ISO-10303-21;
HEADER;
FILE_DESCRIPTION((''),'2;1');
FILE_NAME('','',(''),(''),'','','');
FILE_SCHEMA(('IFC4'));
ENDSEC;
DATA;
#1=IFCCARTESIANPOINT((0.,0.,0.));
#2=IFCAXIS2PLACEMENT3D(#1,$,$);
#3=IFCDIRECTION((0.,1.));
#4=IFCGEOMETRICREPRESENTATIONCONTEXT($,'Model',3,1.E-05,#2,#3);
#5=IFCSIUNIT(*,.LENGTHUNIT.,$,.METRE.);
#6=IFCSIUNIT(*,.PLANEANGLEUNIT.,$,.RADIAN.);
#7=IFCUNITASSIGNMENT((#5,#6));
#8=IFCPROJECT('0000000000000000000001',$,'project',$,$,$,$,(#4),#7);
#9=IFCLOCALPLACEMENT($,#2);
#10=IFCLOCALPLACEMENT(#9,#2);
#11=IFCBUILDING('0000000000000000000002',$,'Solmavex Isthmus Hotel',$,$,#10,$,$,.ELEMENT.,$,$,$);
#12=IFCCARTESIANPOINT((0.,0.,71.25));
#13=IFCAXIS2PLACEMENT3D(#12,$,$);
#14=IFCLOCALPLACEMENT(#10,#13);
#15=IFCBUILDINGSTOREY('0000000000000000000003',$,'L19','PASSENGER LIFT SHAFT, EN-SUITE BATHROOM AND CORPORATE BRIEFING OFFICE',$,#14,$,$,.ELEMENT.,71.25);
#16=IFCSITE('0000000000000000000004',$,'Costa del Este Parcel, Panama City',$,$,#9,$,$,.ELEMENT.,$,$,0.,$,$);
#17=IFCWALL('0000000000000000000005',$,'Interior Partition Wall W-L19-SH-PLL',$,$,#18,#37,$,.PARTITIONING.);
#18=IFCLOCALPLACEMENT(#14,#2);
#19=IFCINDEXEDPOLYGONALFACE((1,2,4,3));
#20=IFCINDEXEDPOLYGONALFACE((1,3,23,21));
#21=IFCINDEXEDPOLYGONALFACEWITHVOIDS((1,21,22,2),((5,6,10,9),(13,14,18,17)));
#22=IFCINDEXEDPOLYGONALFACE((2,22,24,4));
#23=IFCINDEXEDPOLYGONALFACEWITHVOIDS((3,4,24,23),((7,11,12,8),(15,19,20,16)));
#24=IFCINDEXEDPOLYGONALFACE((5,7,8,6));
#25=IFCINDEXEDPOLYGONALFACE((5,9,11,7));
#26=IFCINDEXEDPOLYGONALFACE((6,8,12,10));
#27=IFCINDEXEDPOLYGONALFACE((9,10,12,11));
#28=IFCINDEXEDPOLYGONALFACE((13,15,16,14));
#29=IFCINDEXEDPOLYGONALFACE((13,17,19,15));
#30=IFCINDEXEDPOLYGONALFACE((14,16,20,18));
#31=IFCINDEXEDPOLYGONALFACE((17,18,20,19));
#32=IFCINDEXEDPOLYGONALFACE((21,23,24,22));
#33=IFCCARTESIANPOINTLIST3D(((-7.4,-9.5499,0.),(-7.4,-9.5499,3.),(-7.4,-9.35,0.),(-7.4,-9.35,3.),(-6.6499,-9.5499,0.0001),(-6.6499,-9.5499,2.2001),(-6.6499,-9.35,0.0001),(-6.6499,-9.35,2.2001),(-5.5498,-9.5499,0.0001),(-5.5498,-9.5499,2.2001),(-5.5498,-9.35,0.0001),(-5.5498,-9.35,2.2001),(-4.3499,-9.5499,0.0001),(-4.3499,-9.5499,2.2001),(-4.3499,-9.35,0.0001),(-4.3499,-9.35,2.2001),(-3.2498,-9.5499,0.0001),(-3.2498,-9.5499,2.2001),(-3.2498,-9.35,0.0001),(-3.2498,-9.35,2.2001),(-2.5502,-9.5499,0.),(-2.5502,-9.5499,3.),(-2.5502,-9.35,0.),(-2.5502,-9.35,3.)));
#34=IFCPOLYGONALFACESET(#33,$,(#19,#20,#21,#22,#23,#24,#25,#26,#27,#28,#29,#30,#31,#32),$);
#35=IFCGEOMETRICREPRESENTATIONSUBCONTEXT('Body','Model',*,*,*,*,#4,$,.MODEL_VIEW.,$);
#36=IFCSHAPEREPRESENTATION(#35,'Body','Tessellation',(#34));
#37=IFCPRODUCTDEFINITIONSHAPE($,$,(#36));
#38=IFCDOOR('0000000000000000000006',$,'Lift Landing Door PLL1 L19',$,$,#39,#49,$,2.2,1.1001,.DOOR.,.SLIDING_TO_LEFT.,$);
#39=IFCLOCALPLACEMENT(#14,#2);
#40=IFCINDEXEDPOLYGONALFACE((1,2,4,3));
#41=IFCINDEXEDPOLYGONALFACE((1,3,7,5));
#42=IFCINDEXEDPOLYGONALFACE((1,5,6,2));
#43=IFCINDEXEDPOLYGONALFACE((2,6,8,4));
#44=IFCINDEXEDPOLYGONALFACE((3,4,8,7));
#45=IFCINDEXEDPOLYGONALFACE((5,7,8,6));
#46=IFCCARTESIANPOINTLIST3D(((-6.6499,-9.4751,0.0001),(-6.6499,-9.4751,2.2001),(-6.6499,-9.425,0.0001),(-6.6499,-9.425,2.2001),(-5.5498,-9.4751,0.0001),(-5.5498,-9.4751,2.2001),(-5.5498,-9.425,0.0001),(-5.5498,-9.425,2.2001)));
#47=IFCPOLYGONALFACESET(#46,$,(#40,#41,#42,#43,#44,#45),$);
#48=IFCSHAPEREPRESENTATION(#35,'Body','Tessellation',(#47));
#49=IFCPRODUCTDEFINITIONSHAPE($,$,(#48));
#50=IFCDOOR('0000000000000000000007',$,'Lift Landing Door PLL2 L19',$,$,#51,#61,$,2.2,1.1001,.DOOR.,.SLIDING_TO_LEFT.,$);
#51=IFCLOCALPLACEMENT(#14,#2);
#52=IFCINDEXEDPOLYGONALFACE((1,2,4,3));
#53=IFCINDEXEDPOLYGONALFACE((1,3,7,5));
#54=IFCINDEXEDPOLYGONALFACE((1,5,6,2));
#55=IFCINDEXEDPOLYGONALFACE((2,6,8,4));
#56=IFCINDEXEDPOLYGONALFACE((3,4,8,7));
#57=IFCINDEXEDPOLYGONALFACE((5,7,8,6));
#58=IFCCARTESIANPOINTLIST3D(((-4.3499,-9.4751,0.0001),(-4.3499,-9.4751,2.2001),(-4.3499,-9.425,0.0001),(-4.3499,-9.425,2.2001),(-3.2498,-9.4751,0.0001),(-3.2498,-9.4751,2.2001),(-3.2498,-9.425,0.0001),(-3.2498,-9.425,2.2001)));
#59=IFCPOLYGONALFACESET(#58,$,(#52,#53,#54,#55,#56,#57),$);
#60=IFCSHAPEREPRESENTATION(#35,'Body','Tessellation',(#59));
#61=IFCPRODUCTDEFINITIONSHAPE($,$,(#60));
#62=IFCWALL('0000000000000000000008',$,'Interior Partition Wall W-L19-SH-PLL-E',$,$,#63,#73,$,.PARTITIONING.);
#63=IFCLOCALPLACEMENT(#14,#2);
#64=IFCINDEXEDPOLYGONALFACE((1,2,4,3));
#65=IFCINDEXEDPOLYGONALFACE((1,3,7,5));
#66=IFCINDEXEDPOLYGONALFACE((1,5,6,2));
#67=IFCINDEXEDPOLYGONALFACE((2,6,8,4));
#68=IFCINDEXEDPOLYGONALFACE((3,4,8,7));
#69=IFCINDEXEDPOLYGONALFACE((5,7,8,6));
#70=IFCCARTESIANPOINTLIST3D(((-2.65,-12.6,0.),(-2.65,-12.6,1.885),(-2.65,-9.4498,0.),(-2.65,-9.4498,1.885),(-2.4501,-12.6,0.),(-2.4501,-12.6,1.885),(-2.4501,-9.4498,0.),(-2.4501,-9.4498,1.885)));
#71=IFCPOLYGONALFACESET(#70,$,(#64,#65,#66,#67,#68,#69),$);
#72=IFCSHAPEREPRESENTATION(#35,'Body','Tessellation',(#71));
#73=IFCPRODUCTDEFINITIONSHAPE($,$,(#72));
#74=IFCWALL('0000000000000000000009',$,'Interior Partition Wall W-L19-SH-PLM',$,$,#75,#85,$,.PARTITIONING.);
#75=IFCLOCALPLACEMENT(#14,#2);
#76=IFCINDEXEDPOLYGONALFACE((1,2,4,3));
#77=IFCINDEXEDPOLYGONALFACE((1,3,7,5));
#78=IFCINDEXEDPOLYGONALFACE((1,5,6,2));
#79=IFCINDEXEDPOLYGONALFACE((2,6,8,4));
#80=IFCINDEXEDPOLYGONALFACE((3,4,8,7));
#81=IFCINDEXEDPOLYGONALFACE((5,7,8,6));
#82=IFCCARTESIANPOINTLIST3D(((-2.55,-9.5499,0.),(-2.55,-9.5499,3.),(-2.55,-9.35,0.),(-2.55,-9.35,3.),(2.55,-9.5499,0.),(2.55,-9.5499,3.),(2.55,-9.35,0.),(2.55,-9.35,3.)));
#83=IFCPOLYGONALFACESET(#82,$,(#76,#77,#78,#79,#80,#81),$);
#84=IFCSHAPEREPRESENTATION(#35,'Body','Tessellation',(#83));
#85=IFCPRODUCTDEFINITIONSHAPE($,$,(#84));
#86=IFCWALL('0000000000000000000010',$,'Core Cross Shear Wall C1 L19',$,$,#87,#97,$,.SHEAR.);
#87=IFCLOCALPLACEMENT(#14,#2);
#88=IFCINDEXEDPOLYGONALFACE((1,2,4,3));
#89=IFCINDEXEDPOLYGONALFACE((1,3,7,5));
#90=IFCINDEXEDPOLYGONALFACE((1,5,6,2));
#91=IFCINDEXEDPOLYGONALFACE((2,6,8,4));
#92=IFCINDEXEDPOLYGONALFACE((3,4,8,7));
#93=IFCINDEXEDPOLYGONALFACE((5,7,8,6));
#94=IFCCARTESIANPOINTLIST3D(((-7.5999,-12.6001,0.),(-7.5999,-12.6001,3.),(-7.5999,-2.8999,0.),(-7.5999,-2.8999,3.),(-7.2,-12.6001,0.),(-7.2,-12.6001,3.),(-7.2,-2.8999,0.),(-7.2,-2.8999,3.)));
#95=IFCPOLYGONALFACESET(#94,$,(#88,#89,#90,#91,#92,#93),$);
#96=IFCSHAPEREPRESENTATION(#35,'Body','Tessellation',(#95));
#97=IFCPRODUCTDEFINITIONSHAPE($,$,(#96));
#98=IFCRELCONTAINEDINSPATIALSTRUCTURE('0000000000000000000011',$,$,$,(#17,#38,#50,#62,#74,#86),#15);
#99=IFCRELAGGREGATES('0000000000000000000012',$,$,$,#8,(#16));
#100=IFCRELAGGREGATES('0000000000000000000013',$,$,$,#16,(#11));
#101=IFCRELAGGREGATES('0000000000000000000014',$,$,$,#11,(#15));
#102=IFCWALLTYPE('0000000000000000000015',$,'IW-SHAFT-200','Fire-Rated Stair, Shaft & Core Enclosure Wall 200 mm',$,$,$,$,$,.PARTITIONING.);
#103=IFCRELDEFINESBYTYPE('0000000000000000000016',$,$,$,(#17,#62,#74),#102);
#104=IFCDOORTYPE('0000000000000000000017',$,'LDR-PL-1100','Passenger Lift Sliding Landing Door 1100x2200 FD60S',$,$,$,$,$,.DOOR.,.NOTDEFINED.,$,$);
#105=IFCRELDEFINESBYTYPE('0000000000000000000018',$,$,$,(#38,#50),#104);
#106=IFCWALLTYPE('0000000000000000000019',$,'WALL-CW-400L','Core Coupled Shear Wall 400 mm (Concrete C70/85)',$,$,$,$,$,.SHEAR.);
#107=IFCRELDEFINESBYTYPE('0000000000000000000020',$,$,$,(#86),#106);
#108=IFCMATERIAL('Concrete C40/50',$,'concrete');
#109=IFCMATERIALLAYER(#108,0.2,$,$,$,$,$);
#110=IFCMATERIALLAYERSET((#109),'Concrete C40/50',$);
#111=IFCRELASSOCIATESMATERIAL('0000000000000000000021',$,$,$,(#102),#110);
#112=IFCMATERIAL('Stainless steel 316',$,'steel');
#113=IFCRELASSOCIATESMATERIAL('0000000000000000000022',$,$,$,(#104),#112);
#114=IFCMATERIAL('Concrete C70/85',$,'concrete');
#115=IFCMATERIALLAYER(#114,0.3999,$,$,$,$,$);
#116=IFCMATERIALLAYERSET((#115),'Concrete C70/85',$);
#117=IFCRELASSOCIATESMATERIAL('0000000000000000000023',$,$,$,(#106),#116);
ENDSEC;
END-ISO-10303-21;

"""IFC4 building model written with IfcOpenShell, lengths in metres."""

from ifc_helpers import new_model, si_unit, direction, frame, frame_2d, origin, place, context, subcontext, project, spatial, rectangle, extrude, material, layer, layer_set, type_object, element, fill, save


model = new_model("IFC4")

# Units and contexts
model_context = context("Model", 3, precision=1e-05, world=origin(), true_north=direction((0.0, 1.0)))
body_context = subcontext(model_context, "Body", "Model", "MODEL_VIEW")
ifc_project = project(units=[si_unit("LENGTHUNIT", "METRE"), si_unit("PLANEANGLEUNIT", "RADIAN")], contexts=[model_context])

# Site, building, storey
site_placement = place(None, origin())
site = spatial("IfcSite", under=ifc_project, at=site_placement, Name="Costa del Este Parcel, Panama City", CompositionType="ELEMENT", RefElevation=0.0)
building_placement = place(site_placement, origin())
building = spatial("IfcBuilding", under=site, at=building_placement, Name="Solmavex Isthmus Hotel", CompositionType="ELEMENT")
storey_placement = place(building_placement, frame((0.0, 0.0, 71.25)))
storey = spatial("IfcBuildingStorey", under=building, at=storey_placement, Name="L19", Description="PASSENGER LIFT SHAFT, EN-SUITE BATHROOM AND CORPORATE BRIEFING OFFICE", CompositionType="ELEMENT", Elevation=71.25)

# Shared definitions
ifc_material_1 = material(Name="Concrete C70/85", Category="concrete")

# Shared definitions
ifc_material_2 = material(Name="Concrete C40/50", Category="concrete")

# Wall, openings, doors
ifc_layer_1 = layer(ifc_material_2, 0.2)
ifc_layer_set_1 = layer_set([ifc_layer_1], Name="Concrete C40/50")
wall_type_1 = type_object("IfcWallType", Name="IW-SHAFT-200", Description="Fire-Rated Stair, Shaft & Core Enclosure Wall 200 mm", PredefinedType="PARTITIONING", material=ifc_layer_set_1)
wall_1_placement = place(storey_placement, frame((-7.3999, -9.45, 0.0), z_axis=(0.0, 0.0, 1.0), x_axis=(1.0, 0.0, 0.0)))
wall_1 = element("IfcWall", 1, at=wall_1_placement, inside=storey, type_object=wall_type_1, Name="Interior Partition Wall W-L19-SH-PLL", PredefinedType="PARTITIONING", context=body_context, shape_type="SweptSolid", body=[
    extrude(rectangle(XDim=4.8499, YDim=0.2, at=frame_2d((2.4248, 0.0))), origin(), (0.0, 0.0, 1.0), 3.0),
])
opening_1_placement = place(wall_1_placement, frame((0.75, 0.0, 0.0)))
opening_1 = element("IfcOpeningElement", 2, at=opening_1_placement, cuts=wall_1, PredefinedType="OPENING", context=body_context, shape_type="SweptSolid", body=[
    extrude(rectangle(XDim=1.1001, YDim=2.2, at=frame_2d((0.55, 1.1001))), frame((0.0, 0.1099, 0.0), z_axis=(0.0, -1.0, 0.0), x_axis=(1.0, 0.0, 0.0)), (0.0, 0.0, 1.0), 0.22),
])
opening_2_placement = place(wall_1_placement, frame((3.05, 0.0, 0.0)))
opening_2 = element("IfcOpeningElement", 3, at=opening_2_placement, cuts=wall_1, PredefinedType="OPENING", context=body_context, shape_type="SweptSolid", body=[
    extrude(rectangle(XDim=1.1001, YDim=2.2, at=frame_2d((0.55, 1.1001))), frame((0.0, 0.1099, 0.0), z_axis=(0.0, -1.0, 0.0), x_axis=(1.0, 0.0, 0.0)), (0.0, 0.0, 1.0), 0.22),
])
ifc_material_3 = material(Name="Stainless steel 316", Category="steel")
door_type_1 = type_object("IfcDoorType", Name="LDR-PL-1100", Description="Passenger Lift Sliding Landing Door 1100x2200 FD60S", OperationType="NOTDEFINED", PredefinedType="DOOR", material=ifc_material_3)
door_1_placement = place(opening_1_placement, origin())
door_1 = element("IfcDoor", 4, at=door_1_placement, inside=storey, type_object=door_type_1, Name="Lift Landing Door PLL1 L19", OperationType="SLIDING_TO_LEFT", OverallHeight=2.2, OverallWidth=1.1001, PredefinedType="DOOR", context=body_context, shape_type="SweptSolid", body=[
    extrude(rectangle(XDim=1.1001, YDim=2.2, at=frame_2d((0.55, 1.1001))), frame((0.0, 0.0249, 0.0), z_axis=(0.0, -1.0, 0.0), x_axis=(1.0, 0.0, 0.0)), (0.0, 0.0, 1.0), 0.05),
])
fill(opening_1, door_1)
door_2_placement = place(opening_2_placement, origin())
door_2 = element("IfcDoor", 5, at=door_2_placement, inside=storey, type_object=door_type_1, Name="Lift Landing Door PLL2 L19", OperationType="SLIDING_TO_LEFT", OverallHeight=2.2, OverallWidth=1.1001, PredefinedType="DOOR", context=body_context, shape_type="SweptSolid", body=[
    extrude(rectangle(XDim=1.1001, YDim=2.2, at=frame_2d((0.55, 1.1001))), frame((0.0, 0.0249, 0.0), z_axis=(0.0, -1.0, 0.0), x_axis=(1.0, 0.0, 0.0)), (0.0, 0.0, 1.0), 0.05),
])
fill(opening_2, door_2)

# Walls
wall_2_placement = place(storey_placement, frame((-2.55, -12.6001, 0.0), z_axis=(0.0, 0.0, 1.0), x_axis=(0.0, 1.0, 0.0)))
element("IfcWall", 6, at=wall_2_placement, inside=storey, type_object=wall_type_1, Name="Interior Partition Wall W-L19-SH-PLL-E", PredefinedType="PARTITIONING", context=body_context, shape_type="SweptSolid", body=[
    extrude(rectangle(XDim=3.1501, YDim=0.2, at=frame_2d((1.5752, 0.0))), origin(), (0.0, 0.0, 1.0), 1.885),
])
wall_3_placement = place(storey_placement, frame((-2.55, -9.45, 0.0), z_axis=(0.0, 0.0, 1.0), x_axis=(1.0, 0.0, 0.0)))
element("IfcWall", 7, at=wall_3_placement, inside=storey, type_object=wall_type_1, Name="Interior Partition Wall W-L19-SH-PLM", PredefinedType="PARTITIONING", context=body_context, shape_type="SweptSolid", body=[
    extrude(rectangle(XDim=5.1001, YDim=0.2, at=frame_2d((2.55, 0.0))), origin(), (0.0, 0.0, 1.0), 3.0),
])
ifc_layer_2 = layer(ifc_material_1, 0.3999)
ifc_layer_set_2 = layer_set([ifc_layer_2], Name="Concrete C70/85")
wall_type_2 = type_object("IfcWallType", Name="WALL-CW-400L", Description="Core Coupled Shear Wall 400 mm (Concrete C70/85)", PredefinedType="SHEAR", material=ifc_layer_set_2)
wall_4_placement = place(storey_placement, frame((-7.3999, -12.6001, 0.0), z_axis=(0.0, 0.0, 1.0), x_axis=(0.0, 1.0, 0.0)))
element("IfcWall", 8, at=wall_4_placement, inside=storey, type_object=wall_type_2, Name="Core Cross Shear Wall C1 L19", PredefinedType="SHEAR", context=body_context, shape_type="SweptSolid", body=[
    extrude(rectangle(XDim=9.7002, YDim=0.3999, at=frame_2d((4.8501, 0.0))), origin(), (0.0, 0.0, 1.0), 3.0),
])

save(model, "model.ifc")
